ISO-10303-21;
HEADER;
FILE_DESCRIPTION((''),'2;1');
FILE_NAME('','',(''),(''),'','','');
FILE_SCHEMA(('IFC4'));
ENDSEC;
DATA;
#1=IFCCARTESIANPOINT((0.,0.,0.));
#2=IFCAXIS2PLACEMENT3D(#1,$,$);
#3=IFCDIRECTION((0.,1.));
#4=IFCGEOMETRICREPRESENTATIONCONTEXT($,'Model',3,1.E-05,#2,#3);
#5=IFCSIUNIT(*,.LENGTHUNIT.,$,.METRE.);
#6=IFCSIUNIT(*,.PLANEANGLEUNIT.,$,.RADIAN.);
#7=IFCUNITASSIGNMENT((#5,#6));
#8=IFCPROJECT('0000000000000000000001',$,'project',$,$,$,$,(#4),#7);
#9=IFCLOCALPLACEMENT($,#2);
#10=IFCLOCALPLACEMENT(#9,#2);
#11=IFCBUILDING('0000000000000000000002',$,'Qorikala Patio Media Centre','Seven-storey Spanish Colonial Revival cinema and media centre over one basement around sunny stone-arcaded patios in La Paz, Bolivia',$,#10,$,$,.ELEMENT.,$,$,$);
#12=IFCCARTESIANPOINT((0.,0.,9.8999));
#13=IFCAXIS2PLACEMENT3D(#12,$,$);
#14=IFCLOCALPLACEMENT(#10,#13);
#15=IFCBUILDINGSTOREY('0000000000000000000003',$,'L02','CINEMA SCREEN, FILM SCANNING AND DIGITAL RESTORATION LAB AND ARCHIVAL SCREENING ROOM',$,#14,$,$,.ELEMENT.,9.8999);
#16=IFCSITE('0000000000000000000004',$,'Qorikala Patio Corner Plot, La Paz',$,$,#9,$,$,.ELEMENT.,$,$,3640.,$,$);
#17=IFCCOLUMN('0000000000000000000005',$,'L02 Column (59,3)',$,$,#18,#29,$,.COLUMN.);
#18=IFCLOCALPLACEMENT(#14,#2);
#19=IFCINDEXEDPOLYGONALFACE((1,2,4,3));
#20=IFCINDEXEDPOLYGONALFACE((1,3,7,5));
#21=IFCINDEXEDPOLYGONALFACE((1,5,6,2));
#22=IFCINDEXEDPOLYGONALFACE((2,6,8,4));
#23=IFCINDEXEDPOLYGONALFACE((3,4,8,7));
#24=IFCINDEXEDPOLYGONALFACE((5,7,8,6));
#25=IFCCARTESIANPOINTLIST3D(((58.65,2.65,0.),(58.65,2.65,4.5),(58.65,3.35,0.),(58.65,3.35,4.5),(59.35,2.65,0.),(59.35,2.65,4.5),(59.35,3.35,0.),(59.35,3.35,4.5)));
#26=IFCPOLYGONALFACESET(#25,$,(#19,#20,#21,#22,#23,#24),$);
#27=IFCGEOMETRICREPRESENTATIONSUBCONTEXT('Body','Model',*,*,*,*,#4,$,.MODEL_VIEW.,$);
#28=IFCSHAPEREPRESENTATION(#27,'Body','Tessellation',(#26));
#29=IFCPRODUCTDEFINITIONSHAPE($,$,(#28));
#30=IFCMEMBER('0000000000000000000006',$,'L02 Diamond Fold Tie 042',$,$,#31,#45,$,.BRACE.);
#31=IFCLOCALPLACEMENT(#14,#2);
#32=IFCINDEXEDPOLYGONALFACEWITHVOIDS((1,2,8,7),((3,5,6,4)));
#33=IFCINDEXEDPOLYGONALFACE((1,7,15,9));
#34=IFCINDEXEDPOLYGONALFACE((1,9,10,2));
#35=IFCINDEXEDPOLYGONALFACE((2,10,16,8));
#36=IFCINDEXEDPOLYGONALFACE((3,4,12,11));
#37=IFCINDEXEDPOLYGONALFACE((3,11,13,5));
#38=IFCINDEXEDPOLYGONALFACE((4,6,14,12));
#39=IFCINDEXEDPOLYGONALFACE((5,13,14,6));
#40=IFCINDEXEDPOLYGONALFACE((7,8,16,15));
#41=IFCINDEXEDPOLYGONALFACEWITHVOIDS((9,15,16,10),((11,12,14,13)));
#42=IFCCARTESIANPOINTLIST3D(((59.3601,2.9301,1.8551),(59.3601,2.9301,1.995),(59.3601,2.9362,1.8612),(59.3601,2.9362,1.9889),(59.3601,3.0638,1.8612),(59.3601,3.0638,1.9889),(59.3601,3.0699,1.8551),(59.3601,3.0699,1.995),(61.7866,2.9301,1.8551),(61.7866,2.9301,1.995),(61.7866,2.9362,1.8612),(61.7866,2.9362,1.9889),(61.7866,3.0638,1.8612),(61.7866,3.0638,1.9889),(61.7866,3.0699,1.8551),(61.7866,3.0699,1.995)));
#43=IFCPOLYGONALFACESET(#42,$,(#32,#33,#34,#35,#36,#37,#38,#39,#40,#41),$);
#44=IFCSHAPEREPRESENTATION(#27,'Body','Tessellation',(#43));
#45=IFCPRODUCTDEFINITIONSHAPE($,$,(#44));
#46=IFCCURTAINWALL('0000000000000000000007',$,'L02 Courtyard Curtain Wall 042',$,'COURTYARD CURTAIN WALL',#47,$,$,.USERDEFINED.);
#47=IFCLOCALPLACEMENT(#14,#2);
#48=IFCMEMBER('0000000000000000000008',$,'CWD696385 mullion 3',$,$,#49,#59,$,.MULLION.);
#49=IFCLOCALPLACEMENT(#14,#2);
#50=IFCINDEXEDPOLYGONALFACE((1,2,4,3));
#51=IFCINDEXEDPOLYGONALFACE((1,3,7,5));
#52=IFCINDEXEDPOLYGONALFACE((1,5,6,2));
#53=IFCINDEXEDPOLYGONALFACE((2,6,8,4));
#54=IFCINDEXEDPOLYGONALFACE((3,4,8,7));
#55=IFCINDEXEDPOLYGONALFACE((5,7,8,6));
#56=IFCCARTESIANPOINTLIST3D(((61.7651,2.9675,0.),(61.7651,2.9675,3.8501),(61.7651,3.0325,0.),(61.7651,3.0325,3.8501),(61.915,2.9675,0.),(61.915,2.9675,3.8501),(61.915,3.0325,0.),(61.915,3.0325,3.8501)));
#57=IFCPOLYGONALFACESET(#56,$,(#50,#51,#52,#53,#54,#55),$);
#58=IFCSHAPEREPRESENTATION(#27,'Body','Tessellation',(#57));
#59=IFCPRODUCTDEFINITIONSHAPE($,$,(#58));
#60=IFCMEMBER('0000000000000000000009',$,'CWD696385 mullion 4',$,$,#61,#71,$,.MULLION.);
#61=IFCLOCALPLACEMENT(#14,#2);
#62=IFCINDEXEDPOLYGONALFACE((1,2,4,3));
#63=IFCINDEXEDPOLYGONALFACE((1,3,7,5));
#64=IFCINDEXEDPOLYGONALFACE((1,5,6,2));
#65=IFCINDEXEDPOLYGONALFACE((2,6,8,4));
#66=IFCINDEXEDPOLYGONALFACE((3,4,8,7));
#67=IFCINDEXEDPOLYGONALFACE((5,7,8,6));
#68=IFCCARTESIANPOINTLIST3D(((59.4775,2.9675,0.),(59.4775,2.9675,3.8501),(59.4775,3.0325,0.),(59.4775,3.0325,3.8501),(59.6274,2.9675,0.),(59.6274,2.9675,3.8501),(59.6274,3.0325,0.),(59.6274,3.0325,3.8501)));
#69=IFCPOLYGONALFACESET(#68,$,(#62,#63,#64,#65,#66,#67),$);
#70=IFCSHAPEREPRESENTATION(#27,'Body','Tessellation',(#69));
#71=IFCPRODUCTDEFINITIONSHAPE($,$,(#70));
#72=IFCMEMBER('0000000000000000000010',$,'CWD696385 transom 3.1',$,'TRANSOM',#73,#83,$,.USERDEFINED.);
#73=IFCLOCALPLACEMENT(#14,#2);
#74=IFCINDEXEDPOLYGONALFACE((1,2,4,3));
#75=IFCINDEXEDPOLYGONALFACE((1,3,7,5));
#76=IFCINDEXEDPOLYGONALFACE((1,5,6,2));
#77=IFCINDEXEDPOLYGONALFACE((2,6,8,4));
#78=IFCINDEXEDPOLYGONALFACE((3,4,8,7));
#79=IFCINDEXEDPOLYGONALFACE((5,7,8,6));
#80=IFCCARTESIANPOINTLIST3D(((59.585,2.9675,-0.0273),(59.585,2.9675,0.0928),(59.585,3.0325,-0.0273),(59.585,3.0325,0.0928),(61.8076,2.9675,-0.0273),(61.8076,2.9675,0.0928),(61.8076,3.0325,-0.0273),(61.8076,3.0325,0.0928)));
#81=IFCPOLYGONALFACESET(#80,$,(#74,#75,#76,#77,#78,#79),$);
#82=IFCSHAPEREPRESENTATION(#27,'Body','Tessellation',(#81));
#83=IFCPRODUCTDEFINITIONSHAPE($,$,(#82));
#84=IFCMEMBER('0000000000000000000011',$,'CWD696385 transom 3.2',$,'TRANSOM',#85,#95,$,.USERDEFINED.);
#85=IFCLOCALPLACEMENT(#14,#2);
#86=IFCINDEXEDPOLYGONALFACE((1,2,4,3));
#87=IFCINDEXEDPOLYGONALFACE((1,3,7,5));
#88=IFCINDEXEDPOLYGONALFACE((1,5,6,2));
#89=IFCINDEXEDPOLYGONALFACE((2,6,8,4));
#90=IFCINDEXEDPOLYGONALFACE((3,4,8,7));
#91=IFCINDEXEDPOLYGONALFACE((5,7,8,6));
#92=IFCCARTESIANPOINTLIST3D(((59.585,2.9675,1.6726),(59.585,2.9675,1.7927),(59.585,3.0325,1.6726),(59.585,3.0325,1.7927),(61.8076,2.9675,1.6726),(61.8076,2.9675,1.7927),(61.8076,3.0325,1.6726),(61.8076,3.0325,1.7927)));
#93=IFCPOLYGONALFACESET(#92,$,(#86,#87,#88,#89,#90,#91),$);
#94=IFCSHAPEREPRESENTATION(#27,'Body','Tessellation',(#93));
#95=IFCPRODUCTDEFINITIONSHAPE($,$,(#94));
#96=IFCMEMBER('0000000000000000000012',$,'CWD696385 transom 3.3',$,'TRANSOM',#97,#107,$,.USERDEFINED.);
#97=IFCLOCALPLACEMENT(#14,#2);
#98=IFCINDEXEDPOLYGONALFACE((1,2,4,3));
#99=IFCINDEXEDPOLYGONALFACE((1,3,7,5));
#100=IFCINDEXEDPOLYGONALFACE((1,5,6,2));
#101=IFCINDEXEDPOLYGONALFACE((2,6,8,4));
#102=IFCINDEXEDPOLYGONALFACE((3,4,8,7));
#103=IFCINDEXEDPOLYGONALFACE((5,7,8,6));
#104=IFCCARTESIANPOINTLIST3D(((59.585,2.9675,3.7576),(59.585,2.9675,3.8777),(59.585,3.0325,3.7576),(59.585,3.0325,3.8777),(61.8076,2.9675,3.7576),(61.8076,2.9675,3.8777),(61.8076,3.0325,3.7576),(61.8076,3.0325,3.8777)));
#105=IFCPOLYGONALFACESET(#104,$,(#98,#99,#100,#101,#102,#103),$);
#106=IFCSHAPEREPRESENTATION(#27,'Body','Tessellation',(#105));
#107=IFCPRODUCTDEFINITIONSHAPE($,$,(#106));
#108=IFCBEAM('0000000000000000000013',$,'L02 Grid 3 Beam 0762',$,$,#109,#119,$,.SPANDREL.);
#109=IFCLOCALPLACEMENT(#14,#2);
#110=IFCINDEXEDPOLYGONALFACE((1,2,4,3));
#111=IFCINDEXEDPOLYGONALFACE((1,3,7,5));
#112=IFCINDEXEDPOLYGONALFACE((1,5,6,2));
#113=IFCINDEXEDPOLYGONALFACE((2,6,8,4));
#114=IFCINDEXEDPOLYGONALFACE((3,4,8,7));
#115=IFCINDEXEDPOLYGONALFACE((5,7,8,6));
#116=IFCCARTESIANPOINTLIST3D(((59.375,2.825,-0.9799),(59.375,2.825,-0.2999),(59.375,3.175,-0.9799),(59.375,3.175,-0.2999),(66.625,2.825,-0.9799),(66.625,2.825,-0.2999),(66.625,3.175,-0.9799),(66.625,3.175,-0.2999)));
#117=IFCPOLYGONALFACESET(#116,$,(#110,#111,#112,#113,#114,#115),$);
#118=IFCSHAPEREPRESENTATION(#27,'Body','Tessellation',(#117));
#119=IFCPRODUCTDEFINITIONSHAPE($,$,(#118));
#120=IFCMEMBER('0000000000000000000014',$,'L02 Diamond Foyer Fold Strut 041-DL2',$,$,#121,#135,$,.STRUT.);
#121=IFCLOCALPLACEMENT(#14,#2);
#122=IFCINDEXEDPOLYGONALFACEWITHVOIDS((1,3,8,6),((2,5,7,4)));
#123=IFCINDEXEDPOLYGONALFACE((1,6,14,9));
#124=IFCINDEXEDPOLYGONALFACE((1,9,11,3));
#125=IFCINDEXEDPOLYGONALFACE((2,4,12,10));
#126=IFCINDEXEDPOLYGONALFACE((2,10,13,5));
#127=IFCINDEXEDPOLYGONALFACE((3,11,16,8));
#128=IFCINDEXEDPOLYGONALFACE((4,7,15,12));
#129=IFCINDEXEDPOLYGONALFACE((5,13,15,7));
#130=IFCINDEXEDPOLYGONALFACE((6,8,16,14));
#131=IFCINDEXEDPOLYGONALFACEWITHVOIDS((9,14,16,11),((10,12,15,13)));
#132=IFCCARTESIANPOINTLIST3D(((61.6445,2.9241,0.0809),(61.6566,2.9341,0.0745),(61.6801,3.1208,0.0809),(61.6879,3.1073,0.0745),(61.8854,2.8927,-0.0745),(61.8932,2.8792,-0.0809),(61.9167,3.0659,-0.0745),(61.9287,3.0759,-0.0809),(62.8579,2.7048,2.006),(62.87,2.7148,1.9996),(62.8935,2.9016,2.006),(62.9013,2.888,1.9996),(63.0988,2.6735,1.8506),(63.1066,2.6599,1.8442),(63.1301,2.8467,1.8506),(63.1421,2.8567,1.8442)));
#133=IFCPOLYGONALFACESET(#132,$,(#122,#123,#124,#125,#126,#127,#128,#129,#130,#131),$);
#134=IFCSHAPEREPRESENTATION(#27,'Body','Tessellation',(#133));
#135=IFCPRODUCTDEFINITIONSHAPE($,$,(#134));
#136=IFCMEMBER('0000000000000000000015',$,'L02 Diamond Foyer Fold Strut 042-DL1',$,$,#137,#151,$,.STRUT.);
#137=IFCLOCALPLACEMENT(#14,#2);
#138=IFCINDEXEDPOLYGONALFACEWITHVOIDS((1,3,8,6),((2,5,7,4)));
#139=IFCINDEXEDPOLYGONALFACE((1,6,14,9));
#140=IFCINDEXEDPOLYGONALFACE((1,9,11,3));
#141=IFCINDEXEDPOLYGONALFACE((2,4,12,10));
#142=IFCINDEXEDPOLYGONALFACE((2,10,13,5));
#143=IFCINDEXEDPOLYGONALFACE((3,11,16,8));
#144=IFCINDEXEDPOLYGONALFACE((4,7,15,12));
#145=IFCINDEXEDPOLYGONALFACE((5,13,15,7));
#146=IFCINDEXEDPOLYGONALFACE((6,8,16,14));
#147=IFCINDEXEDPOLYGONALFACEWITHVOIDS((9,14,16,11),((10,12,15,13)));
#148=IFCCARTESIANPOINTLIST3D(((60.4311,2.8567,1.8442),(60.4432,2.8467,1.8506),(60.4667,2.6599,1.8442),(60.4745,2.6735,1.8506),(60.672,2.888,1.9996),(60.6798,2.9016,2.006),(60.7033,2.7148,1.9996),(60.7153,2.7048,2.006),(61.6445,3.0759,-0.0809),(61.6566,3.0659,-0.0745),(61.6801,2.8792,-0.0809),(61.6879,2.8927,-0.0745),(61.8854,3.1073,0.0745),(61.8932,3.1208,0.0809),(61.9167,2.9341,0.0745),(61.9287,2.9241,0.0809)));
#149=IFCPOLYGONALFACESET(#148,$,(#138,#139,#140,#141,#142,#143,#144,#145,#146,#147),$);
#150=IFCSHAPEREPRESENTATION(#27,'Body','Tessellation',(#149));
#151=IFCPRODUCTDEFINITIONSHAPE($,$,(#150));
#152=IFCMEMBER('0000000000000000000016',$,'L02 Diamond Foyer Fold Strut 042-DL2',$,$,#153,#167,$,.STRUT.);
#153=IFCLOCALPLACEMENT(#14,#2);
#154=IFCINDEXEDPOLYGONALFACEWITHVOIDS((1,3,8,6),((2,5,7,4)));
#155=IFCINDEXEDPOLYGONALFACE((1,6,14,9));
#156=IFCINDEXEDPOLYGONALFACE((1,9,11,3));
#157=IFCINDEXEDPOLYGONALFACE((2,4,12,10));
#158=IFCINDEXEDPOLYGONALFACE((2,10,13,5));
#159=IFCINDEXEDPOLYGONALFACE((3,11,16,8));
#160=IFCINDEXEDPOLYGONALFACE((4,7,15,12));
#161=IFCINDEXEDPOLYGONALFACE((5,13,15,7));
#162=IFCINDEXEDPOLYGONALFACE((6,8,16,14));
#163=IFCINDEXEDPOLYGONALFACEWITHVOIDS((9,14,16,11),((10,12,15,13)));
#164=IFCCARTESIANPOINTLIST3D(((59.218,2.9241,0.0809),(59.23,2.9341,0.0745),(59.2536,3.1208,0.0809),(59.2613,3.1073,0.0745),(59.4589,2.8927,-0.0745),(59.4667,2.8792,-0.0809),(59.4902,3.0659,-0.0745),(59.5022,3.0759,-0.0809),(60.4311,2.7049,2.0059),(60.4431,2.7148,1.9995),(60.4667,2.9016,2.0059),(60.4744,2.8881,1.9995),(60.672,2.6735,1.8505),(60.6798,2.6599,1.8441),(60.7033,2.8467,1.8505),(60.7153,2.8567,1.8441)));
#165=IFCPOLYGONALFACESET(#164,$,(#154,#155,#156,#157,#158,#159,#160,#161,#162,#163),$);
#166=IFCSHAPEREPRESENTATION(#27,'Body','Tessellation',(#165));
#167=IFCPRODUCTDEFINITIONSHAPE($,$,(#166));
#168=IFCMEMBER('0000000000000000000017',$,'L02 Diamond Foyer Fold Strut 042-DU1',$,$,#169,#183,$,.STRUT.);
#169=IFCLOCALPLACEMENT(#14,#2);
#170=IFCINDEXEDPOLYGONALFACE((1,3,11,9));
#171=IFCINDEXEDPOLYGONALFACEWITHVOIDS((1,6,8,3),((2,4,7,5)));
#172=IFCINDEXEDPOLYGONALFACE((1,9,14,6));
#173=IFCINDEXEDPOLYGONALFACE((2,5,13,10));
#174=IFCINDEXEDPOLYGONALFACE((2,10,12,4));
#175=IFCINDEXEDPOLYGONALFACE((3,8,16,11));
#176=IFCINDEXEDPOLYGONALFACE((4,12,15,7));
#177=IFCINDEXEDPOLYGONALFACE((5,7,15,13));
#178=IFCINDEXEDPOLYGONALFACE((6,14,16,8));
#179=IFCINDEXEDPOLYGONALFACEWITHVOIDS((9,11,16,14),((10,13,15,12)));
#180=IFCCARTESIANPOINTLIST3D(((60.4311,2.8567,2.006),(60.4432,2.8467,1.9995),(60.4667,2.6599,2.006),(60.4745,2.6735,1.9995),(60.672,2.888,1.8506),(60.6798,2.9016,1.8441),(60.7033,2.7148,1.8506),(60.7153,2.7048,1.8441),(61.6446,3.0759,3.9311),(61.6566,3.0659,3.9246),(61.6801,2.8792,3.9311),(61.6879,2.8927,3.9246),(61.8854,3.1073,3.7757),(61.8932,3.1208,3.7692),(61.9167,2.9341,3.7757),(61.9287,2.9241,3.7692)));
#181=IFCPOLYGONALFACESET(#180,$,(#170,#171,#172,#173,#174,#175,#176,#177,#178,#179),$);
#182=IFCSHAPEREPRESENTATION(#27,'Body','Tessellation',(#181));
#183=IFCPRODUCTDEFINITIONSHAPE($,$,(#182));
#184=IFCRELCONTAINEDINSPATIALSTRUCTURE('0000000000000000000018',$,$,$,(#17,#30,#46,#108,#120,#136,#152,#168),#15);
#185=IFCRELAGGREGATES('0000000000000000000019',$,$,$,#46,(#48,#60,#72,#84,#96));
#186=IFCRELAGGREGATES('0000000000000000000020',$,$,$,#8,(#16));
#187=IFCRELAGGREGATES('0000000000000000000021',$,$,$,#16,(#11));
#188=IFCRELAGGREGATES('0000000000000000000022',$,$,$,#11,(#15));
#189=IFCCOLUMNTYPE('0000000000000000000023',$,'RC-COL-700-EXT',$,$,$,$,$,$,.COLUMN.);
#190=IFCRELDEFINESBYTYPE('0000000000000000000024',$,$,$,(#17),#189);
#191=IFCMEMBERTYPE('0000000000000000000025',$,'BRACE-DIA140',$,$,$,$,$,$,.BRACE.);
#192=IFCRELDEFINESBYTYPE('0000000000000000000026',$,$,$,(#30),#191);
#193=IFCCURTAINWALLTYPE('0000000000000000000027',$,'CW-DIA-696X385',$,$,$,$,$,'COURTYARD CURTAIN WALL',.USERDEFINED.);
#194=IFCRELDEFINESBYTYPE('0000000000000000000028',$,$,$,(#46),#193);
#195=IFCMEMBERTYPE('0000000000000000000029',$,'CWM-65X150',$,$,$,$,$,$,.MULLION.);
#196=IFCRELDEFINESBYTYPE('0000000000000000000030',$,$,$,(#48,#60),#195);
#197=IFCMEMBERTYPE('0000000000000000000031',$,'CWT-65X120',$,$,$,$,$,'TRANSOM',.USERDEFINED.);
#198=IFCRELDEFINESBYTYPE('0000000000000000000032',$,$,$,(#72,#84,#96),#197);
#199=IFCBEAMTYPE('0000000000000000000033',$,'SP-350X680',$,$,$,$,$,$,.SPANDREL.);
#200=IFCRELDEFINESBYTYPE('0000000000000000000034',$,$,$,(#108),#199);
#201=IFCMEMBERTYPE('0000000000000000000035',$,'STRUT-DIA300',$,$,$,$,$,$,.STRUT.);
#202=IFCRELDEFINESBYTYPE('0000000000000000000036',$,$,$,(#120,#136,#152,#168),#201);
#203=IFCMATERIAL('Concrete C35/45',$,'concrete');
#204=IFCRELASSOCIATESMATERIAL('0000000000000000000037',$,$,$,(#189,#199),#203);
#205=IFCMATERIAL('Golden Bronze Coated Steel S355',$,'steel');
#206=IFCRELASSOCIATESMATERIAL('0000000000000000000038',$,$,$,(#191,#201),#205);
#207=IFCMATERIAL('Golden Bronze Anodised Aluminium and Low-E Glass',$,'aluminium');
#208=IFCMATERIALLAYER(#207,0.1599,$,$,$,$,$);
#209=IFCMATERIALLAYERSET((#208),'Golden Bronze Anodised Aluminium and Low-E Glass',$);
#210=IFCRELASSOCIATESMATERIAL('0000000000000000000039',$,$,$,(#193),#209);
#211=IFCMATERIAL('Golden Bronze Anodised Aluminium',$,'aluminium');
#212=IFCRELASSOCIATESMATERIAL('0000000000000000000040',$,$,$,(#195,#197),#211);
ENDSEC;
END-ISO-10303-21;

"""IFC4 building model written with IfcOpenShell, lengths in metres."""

from ifc_helpers import new_model, si_unit, direction, frame, origin, origin_2d, place, context, subcontext, project, spatial, rectangle, hollow_rectangle, extrude, material, layer, layer_set, material_profile, profile_set, type_object, element, aggregate, save


model = new_model("IFC4")

# Units and contexts
model_context = context("Model", 3, precision=1e-05, world=origin(), true_north=direction((0.0, 1.0)))
body_context = subcontext(model_context, "Body", "Model", "MODEL_VIEW")
ifc_project = project(units=[si_unit("LENGTHUNIT", "METRE"), si_unit("PLANEANGLEUNIT", "RADIAN")], contexts=[model_context])

# Site, building, storey
site_placement = place(None, origin())
site = spatial("IfcSite", under=ifc_project, at=site_placement, Name="Qorikala Patio Corner Plot, La Paz", CompositionType="ELEMENT", RefElevation=3640.0)
building_placement = place(site_placement, origin())
building = spatial("IfcBuilding", under=site, at=building_placement, Name="Qorikala Patio Media Centre", Description="Seven-storey Spanish Colonial Revival cinema and media centre over one basement around sunny stone-arcaded patios in La Paz, Bolivia", CompositionType="ELEMENT")
storey_placement = place(building_placement, frame((0.0, 0.0, 9.8999)))
storey = spatial("IfcBuildingStorey", under=building, at=storey_placement, Name="L02", Description="CINEMA SCREEN, FILM SCANNING AND DIGITAL RESTORATION LAB AND ARCHIVAL SCREENING ROOM", CompositionType="ELEMENT", Elevation=9.8999)

# Column
ifc_material_1 = material(Name="Concrete C35/45", Category="concrete")
ifc_material_profile_1 = material_profile(ifc_material_1, rectangle(XDim=0.7, YDim=0.7, at=origin_2d()), Name="RC 700x700")
ifc_profile_set_1 = profile_set([ifc_material_profile_1], Name="Concrete C35/45")
column_type = type_object("IfcColumnType", Name="RC-COL-700-EXT", PredefinedType="COLUMN", material=ifc_profile_set_1)
column_placement = place(storey_placement, frame((59.0, 3.0, 0.0), z_axis=(0.0, 0.0, 1.0), x_axis=(1.0, 0.0, 0.0)))
element("IfcColumn", 1, at=column_placement, inside=storey, type_object=column_type, Name="L02 Column (59,3)", PredefinedType="COLUMN", context=body_context, shape_type="SweptSolid", body=[
    extrude(rectangle(XDim=0.7, YDim=0.7, at=origin_2d()), origin(), (0.0, 0.0, 1.0), 4.5),
])

# Member
ifc_material_2 = material(Name="Golden Bronze Coated Steel S355", Category="steel")
ifc_material_profile_2 = material_profile(ifc_material_2, hollow_rectangle(XDim=0.1399, YDim=0.1399, WallThickness=0.0061, at=origin_2d()), Name="HSS140X140X6")
ifc_profile_set_2 = profile_set([ifc_material_profile_2], Name="Golden Bronze Coated Steel S355")
member_type_1 = type_object("IfcMemberType", Name="BRACE-DIA140", PredefinedType="BRACE", material=ifc_profile_set_2)
member_1_placement = place(storey_placement, frame((61.7866, 3.0, 1.925), z_axis=(-1.0, 0.0, 0.0), x_axis=(0.0, -1.0, 0.0)))
element("IfcMember", 2, at=member_1_placement, inside=storey, type_object=member_type_1, Name="L02 Diamond Fold Tie 042", PredefinedType="BRACE", context=body_context, shape_type="SweptSolid", body=[
    extrude(hollow_rectangle(XDim=0.1399, YDim=0.1399, WallThickness=0.0061, at=origin_2d()), origin(), (0.0, 0.0, 1.0), 2.4265),
])

# Curtain wall, members
ifc_material_3 = material(Name="Golden Bronze Anodised Aluminium and Low-E Glass", Category="aluminium")
ifc_layer_1 = layer(ifc_material_3, 0.1599)
ifc_layer_set_1 = layer_set([ifc_layer_1], Name="Golden Bronze Anodised Aluminium and Low-E Glass")
curtain_wall_type = type_object("IfcCurtainWallType", Name="CW-DIA-696X385", ElementType="COURTYARD CURTAIN WALL", PredefinedType="USERDEFINED", material=ifc_layer_set_1)
curtain_wall_placement = place(storey_placement, origin())
curtain_wall = element("IfcCurtainWall", 3, at=curtain_wall_placement, inside=storey, type_object=curtain_wall_type, Name="L02 Courtyard Curtain Wall 042", ObjectType="COURTYARD CURTAIN WALL", PredefinedType="USERDEFINED")
ifc_material_4 = material(Name="Golden Bronze Anodised Aluminium", Category="aluminium")
ifc_material_profile_3 = material_profile(ifc_material_4, rectangle(XDim=0.0649, YDim=0.1499, at=origin_2d()), Name="ALU MULLION 65x150")
ifc_profile_set_3 = profile_set([ifc_material_profile_3], Name="Golden Bronze Anodised Aluminium")
member_type_2 = type_object("IfcMemberType", Name="CWM-65X150", PredefinedType="MULLION", material=ifc_profile_set_3)
member_2_placement = place(storey_placement, frame((61.8401, 3.0, 0.0), z_axis=(0.0, 0.0, 1.0), x_axis=(0.0, -1.0, 0.0)))
member_2 = element("IfcMember", 4, at=member_2_placement, type_object=member_type_2, Name="CWD696385 mullion 3", PredefinedType="MULLION", context=body_context, shape_type="SweptSolid", body=[
    extrude(rectangle(XDim=0.0649, YDim=0.1499, at=origin_2d()), origin(), (0.0, 0.0, 1.0), 3.8501),
])
member_3_placement = place(storey_placement, frame((59.5525, 3.0, 0.0), z_axis=(0.0, 0.0, 1.0), x_axis=(0.0, -1.0, 0.0)))
member_3 = element("IfcMember", 5, at=member_3_placement, type_object=member_type_2, Name="CWD696385 mullion 4", PredefinedType="MULLION", context=body_context, shape_type="SweptSolid", body=[
    extrude(rectangle(XDim=0.0649, YDim=0.1499, at=origin_2d()), origin(), (0.0, 0.0, 1.0), 3.8501),
])
ifc_material_profile_4 = material_profile(ifc_material_4, rectangle(XDim=0.0649, YDim=0.1201, at=origin_2d()), Name="ALU TRANSOM 65x120")
ifc_profile_set_4 = profile_set([ifc_material_profile_4], Name="Golden Bronze Anodised Aluminium")
member_type_3 = type_object("IfcMemberType", Name="CWT-65X120", ElementType="TRANSOM", PredefinedType="USERDEFINED", material=ifc_profile_set_4)
member_4_placement = place(storey_placement, frame((61.8076, 3.0, 0.0327), z_axis=(-1.0, 0.0, 0.0), x_axis=(0.0, -1.0, 0.0)))
member_4 = element("IfcMember", 6, at=member_4_placement, type_object=member_type_3, Name="CWD696385 transom 3.1", ObjectType="TRANSOM", PredefinedType="USERDEFINED", context=body_context, shape_type="SweptSolid", body=[
    extrude(rectangle(XDim=0.0649, YDim=0.1201, at=origin_2d()), origin(), (0.0, 0.0, 1.0), 2.2227),
])
member_5_placement = place(storey_placement, frame((61.8076, 3.0, 1.7327), z_axis=(-1.0, 0.0, 0.0), x_axis=(0.0, -1.0, 0.0)))
member_5 = element("IfcMember", 7, at=member_5_placement, type_object=member_type_3, Name="CWD696385 transom 3.2", ObjectType="TRANSOM", PredefinedType="USERDEFINED", context=body_context, shape_type="SweptSolid", body=[
    extrude(rectangle(XDim=0.0649, YDim=0.1201, at=origin_2d()), origin(), (0.0, 0.0, 1.0), 2.2227),
])
member_6_placement = place(storey_placement, frame((61.8076, 3.0, 3.8176), z_axis=(-1.0, 0.0, 0.0), x_axis=(0.0, -1.0, 0.0)))
member_6 = element("IfcMember", 8, at=member_6_placement, type_object=member_type_3, Name="CWD696385 transom 3.3", ObjectType="TRANSOM", PredefinedType="USERDEFINED", context=body_context, shape_type="SweptSolid", body=[
    extrude(rectangle(XDim=0.0649, YDim=0.1201, at=origin_2d()), origin(), (0.0, 0.0, 1.0), 2.2227),
])

# Beam
ifc_material_profile_5 = material_profile(ifc_material_1, rectangle(XDim=0.3501, YDim=0.6799, at=origin_2d()), Name="RC 350x680")
ifc_profile_set_5 = profile_set([ifc_material_profile_5], Name="Concrete C35/45")
beam_type = type_object("IfcBeamType", Name="SP-350X680", PredefinedType="SPANDREL", material=ifc_profile_set_5)
beam_placement = place(storey_placement, frame((59.375, 3.0, -0.6399), z_axis=(1.0, 0.0, 0.0), x_axis=(0.0, 1.0, 0.0)))
element("IfcBeam", 9, at=beam_placement, inside=storey, type_object=beam_type, Name="L02 Grid 3 Beam 0762", PredefinedType="SPANDREL", context=body_context, shape_type="SweptSolid", body=[
    extrude(rectangle(XDim=0.3501, YDim=0.6799, at=origin_2d()), origin(), (0.0, 0.0, 1.0), 7.25),
])

# Members
ifc_material_profile_6 = material_profile(ifc_material_2, hollow_rectangle(XDim=0.2, YDim=0.3, WallThickness=0.012, at=origin_2d()), Name="HSS300X200X12")
ifc_profile_set_6 = profile_set([ifc_material_profile_6], Name="Golden Bronze Coated Steel S355")
member_type_4 = type_object("IfcMemberType", Name="STRUT-DIA300", PredefinedType="STRUT", material=ifc_profile_set_6)
for number, where, z_axis, x_axis, name in (
    (10, (61.7866, 3.0, 0.0), (0.530768, -0.095901, 0.842074), (0.177805, 0.984066, 0.0), "L02 Diamond Foyer Fold Strut 041-DL2"),
    (11, (61.7866, 3.0, 0.0), (-0.530768, -0.095901, 0.842074), (0.177805, -0.984066, 0.0), "L02 Diamond Foyer Fold Strut 042-DL1"),
):
    element("IfcMember", number, at=place(storey_placement, frame(where, z_axis=z_axis, x_axis=x_axis)), inside=storey, type_object=member_type_4, Name=name, PredefinedType="STRUT", context=body_context, shape_type="SweptSolid", body=[
        extrude(hollow_rectangle(XDim=0.2, YDim=0.3, WallThickness=0.012, at=origin_2d()), origin(), (0.0, 0.0, 1.0), 2.2861),
    ])
member_7_placement = place(storey_placement, frame((59.3601, 3.0, 0.0), z_axis=(0.530691, -0.095907, 0.842121), x_axis=(0.17784, 0.984059, 0.0)))
element("IfcMember", 12, at=member_7_placement, inside=storey, type_object=member_type_4, Name="L02 Diamond Foyer Fold Strut 042-DL2", PredefinedType="STRUT", context=body_context, shape_type="SweptSolid", body=[
    extrude(hollow_rectangle(XDim=0.2, YDim=0.3, WallThickness=0.012, at=origin_2d()), origin(), (0.0, 0.0, 1.0), 2.2859),
])
member_8_placement = place(storey_placement, frame((60.5732, 2.7808, 1.925), z_axis=(0.530768, 0.095901, 0.842074), x_axis=(-0.177805, 0.984066, 0.0)))
element("IfcMember", 13, at=member_8_placement, inside=storey, type_object=member_type_4, Name="L02 Diamond Foyer Fold Strut 042-DU1", PredefinedType="STRUT", context=body_context, shape_type="SweptSolid", body=[
    extrude(hollow_rectangle(XDim=0.2, YDim=0.3, WallThickness=0.012, at=origin_2d()), origin(), (0.0, 0.0, 1.0), 2.2861),
])

aggregate(curtain_wall, [member_2, member_3, member_4, member_5, member_6])

save(model, "model.ifc")
